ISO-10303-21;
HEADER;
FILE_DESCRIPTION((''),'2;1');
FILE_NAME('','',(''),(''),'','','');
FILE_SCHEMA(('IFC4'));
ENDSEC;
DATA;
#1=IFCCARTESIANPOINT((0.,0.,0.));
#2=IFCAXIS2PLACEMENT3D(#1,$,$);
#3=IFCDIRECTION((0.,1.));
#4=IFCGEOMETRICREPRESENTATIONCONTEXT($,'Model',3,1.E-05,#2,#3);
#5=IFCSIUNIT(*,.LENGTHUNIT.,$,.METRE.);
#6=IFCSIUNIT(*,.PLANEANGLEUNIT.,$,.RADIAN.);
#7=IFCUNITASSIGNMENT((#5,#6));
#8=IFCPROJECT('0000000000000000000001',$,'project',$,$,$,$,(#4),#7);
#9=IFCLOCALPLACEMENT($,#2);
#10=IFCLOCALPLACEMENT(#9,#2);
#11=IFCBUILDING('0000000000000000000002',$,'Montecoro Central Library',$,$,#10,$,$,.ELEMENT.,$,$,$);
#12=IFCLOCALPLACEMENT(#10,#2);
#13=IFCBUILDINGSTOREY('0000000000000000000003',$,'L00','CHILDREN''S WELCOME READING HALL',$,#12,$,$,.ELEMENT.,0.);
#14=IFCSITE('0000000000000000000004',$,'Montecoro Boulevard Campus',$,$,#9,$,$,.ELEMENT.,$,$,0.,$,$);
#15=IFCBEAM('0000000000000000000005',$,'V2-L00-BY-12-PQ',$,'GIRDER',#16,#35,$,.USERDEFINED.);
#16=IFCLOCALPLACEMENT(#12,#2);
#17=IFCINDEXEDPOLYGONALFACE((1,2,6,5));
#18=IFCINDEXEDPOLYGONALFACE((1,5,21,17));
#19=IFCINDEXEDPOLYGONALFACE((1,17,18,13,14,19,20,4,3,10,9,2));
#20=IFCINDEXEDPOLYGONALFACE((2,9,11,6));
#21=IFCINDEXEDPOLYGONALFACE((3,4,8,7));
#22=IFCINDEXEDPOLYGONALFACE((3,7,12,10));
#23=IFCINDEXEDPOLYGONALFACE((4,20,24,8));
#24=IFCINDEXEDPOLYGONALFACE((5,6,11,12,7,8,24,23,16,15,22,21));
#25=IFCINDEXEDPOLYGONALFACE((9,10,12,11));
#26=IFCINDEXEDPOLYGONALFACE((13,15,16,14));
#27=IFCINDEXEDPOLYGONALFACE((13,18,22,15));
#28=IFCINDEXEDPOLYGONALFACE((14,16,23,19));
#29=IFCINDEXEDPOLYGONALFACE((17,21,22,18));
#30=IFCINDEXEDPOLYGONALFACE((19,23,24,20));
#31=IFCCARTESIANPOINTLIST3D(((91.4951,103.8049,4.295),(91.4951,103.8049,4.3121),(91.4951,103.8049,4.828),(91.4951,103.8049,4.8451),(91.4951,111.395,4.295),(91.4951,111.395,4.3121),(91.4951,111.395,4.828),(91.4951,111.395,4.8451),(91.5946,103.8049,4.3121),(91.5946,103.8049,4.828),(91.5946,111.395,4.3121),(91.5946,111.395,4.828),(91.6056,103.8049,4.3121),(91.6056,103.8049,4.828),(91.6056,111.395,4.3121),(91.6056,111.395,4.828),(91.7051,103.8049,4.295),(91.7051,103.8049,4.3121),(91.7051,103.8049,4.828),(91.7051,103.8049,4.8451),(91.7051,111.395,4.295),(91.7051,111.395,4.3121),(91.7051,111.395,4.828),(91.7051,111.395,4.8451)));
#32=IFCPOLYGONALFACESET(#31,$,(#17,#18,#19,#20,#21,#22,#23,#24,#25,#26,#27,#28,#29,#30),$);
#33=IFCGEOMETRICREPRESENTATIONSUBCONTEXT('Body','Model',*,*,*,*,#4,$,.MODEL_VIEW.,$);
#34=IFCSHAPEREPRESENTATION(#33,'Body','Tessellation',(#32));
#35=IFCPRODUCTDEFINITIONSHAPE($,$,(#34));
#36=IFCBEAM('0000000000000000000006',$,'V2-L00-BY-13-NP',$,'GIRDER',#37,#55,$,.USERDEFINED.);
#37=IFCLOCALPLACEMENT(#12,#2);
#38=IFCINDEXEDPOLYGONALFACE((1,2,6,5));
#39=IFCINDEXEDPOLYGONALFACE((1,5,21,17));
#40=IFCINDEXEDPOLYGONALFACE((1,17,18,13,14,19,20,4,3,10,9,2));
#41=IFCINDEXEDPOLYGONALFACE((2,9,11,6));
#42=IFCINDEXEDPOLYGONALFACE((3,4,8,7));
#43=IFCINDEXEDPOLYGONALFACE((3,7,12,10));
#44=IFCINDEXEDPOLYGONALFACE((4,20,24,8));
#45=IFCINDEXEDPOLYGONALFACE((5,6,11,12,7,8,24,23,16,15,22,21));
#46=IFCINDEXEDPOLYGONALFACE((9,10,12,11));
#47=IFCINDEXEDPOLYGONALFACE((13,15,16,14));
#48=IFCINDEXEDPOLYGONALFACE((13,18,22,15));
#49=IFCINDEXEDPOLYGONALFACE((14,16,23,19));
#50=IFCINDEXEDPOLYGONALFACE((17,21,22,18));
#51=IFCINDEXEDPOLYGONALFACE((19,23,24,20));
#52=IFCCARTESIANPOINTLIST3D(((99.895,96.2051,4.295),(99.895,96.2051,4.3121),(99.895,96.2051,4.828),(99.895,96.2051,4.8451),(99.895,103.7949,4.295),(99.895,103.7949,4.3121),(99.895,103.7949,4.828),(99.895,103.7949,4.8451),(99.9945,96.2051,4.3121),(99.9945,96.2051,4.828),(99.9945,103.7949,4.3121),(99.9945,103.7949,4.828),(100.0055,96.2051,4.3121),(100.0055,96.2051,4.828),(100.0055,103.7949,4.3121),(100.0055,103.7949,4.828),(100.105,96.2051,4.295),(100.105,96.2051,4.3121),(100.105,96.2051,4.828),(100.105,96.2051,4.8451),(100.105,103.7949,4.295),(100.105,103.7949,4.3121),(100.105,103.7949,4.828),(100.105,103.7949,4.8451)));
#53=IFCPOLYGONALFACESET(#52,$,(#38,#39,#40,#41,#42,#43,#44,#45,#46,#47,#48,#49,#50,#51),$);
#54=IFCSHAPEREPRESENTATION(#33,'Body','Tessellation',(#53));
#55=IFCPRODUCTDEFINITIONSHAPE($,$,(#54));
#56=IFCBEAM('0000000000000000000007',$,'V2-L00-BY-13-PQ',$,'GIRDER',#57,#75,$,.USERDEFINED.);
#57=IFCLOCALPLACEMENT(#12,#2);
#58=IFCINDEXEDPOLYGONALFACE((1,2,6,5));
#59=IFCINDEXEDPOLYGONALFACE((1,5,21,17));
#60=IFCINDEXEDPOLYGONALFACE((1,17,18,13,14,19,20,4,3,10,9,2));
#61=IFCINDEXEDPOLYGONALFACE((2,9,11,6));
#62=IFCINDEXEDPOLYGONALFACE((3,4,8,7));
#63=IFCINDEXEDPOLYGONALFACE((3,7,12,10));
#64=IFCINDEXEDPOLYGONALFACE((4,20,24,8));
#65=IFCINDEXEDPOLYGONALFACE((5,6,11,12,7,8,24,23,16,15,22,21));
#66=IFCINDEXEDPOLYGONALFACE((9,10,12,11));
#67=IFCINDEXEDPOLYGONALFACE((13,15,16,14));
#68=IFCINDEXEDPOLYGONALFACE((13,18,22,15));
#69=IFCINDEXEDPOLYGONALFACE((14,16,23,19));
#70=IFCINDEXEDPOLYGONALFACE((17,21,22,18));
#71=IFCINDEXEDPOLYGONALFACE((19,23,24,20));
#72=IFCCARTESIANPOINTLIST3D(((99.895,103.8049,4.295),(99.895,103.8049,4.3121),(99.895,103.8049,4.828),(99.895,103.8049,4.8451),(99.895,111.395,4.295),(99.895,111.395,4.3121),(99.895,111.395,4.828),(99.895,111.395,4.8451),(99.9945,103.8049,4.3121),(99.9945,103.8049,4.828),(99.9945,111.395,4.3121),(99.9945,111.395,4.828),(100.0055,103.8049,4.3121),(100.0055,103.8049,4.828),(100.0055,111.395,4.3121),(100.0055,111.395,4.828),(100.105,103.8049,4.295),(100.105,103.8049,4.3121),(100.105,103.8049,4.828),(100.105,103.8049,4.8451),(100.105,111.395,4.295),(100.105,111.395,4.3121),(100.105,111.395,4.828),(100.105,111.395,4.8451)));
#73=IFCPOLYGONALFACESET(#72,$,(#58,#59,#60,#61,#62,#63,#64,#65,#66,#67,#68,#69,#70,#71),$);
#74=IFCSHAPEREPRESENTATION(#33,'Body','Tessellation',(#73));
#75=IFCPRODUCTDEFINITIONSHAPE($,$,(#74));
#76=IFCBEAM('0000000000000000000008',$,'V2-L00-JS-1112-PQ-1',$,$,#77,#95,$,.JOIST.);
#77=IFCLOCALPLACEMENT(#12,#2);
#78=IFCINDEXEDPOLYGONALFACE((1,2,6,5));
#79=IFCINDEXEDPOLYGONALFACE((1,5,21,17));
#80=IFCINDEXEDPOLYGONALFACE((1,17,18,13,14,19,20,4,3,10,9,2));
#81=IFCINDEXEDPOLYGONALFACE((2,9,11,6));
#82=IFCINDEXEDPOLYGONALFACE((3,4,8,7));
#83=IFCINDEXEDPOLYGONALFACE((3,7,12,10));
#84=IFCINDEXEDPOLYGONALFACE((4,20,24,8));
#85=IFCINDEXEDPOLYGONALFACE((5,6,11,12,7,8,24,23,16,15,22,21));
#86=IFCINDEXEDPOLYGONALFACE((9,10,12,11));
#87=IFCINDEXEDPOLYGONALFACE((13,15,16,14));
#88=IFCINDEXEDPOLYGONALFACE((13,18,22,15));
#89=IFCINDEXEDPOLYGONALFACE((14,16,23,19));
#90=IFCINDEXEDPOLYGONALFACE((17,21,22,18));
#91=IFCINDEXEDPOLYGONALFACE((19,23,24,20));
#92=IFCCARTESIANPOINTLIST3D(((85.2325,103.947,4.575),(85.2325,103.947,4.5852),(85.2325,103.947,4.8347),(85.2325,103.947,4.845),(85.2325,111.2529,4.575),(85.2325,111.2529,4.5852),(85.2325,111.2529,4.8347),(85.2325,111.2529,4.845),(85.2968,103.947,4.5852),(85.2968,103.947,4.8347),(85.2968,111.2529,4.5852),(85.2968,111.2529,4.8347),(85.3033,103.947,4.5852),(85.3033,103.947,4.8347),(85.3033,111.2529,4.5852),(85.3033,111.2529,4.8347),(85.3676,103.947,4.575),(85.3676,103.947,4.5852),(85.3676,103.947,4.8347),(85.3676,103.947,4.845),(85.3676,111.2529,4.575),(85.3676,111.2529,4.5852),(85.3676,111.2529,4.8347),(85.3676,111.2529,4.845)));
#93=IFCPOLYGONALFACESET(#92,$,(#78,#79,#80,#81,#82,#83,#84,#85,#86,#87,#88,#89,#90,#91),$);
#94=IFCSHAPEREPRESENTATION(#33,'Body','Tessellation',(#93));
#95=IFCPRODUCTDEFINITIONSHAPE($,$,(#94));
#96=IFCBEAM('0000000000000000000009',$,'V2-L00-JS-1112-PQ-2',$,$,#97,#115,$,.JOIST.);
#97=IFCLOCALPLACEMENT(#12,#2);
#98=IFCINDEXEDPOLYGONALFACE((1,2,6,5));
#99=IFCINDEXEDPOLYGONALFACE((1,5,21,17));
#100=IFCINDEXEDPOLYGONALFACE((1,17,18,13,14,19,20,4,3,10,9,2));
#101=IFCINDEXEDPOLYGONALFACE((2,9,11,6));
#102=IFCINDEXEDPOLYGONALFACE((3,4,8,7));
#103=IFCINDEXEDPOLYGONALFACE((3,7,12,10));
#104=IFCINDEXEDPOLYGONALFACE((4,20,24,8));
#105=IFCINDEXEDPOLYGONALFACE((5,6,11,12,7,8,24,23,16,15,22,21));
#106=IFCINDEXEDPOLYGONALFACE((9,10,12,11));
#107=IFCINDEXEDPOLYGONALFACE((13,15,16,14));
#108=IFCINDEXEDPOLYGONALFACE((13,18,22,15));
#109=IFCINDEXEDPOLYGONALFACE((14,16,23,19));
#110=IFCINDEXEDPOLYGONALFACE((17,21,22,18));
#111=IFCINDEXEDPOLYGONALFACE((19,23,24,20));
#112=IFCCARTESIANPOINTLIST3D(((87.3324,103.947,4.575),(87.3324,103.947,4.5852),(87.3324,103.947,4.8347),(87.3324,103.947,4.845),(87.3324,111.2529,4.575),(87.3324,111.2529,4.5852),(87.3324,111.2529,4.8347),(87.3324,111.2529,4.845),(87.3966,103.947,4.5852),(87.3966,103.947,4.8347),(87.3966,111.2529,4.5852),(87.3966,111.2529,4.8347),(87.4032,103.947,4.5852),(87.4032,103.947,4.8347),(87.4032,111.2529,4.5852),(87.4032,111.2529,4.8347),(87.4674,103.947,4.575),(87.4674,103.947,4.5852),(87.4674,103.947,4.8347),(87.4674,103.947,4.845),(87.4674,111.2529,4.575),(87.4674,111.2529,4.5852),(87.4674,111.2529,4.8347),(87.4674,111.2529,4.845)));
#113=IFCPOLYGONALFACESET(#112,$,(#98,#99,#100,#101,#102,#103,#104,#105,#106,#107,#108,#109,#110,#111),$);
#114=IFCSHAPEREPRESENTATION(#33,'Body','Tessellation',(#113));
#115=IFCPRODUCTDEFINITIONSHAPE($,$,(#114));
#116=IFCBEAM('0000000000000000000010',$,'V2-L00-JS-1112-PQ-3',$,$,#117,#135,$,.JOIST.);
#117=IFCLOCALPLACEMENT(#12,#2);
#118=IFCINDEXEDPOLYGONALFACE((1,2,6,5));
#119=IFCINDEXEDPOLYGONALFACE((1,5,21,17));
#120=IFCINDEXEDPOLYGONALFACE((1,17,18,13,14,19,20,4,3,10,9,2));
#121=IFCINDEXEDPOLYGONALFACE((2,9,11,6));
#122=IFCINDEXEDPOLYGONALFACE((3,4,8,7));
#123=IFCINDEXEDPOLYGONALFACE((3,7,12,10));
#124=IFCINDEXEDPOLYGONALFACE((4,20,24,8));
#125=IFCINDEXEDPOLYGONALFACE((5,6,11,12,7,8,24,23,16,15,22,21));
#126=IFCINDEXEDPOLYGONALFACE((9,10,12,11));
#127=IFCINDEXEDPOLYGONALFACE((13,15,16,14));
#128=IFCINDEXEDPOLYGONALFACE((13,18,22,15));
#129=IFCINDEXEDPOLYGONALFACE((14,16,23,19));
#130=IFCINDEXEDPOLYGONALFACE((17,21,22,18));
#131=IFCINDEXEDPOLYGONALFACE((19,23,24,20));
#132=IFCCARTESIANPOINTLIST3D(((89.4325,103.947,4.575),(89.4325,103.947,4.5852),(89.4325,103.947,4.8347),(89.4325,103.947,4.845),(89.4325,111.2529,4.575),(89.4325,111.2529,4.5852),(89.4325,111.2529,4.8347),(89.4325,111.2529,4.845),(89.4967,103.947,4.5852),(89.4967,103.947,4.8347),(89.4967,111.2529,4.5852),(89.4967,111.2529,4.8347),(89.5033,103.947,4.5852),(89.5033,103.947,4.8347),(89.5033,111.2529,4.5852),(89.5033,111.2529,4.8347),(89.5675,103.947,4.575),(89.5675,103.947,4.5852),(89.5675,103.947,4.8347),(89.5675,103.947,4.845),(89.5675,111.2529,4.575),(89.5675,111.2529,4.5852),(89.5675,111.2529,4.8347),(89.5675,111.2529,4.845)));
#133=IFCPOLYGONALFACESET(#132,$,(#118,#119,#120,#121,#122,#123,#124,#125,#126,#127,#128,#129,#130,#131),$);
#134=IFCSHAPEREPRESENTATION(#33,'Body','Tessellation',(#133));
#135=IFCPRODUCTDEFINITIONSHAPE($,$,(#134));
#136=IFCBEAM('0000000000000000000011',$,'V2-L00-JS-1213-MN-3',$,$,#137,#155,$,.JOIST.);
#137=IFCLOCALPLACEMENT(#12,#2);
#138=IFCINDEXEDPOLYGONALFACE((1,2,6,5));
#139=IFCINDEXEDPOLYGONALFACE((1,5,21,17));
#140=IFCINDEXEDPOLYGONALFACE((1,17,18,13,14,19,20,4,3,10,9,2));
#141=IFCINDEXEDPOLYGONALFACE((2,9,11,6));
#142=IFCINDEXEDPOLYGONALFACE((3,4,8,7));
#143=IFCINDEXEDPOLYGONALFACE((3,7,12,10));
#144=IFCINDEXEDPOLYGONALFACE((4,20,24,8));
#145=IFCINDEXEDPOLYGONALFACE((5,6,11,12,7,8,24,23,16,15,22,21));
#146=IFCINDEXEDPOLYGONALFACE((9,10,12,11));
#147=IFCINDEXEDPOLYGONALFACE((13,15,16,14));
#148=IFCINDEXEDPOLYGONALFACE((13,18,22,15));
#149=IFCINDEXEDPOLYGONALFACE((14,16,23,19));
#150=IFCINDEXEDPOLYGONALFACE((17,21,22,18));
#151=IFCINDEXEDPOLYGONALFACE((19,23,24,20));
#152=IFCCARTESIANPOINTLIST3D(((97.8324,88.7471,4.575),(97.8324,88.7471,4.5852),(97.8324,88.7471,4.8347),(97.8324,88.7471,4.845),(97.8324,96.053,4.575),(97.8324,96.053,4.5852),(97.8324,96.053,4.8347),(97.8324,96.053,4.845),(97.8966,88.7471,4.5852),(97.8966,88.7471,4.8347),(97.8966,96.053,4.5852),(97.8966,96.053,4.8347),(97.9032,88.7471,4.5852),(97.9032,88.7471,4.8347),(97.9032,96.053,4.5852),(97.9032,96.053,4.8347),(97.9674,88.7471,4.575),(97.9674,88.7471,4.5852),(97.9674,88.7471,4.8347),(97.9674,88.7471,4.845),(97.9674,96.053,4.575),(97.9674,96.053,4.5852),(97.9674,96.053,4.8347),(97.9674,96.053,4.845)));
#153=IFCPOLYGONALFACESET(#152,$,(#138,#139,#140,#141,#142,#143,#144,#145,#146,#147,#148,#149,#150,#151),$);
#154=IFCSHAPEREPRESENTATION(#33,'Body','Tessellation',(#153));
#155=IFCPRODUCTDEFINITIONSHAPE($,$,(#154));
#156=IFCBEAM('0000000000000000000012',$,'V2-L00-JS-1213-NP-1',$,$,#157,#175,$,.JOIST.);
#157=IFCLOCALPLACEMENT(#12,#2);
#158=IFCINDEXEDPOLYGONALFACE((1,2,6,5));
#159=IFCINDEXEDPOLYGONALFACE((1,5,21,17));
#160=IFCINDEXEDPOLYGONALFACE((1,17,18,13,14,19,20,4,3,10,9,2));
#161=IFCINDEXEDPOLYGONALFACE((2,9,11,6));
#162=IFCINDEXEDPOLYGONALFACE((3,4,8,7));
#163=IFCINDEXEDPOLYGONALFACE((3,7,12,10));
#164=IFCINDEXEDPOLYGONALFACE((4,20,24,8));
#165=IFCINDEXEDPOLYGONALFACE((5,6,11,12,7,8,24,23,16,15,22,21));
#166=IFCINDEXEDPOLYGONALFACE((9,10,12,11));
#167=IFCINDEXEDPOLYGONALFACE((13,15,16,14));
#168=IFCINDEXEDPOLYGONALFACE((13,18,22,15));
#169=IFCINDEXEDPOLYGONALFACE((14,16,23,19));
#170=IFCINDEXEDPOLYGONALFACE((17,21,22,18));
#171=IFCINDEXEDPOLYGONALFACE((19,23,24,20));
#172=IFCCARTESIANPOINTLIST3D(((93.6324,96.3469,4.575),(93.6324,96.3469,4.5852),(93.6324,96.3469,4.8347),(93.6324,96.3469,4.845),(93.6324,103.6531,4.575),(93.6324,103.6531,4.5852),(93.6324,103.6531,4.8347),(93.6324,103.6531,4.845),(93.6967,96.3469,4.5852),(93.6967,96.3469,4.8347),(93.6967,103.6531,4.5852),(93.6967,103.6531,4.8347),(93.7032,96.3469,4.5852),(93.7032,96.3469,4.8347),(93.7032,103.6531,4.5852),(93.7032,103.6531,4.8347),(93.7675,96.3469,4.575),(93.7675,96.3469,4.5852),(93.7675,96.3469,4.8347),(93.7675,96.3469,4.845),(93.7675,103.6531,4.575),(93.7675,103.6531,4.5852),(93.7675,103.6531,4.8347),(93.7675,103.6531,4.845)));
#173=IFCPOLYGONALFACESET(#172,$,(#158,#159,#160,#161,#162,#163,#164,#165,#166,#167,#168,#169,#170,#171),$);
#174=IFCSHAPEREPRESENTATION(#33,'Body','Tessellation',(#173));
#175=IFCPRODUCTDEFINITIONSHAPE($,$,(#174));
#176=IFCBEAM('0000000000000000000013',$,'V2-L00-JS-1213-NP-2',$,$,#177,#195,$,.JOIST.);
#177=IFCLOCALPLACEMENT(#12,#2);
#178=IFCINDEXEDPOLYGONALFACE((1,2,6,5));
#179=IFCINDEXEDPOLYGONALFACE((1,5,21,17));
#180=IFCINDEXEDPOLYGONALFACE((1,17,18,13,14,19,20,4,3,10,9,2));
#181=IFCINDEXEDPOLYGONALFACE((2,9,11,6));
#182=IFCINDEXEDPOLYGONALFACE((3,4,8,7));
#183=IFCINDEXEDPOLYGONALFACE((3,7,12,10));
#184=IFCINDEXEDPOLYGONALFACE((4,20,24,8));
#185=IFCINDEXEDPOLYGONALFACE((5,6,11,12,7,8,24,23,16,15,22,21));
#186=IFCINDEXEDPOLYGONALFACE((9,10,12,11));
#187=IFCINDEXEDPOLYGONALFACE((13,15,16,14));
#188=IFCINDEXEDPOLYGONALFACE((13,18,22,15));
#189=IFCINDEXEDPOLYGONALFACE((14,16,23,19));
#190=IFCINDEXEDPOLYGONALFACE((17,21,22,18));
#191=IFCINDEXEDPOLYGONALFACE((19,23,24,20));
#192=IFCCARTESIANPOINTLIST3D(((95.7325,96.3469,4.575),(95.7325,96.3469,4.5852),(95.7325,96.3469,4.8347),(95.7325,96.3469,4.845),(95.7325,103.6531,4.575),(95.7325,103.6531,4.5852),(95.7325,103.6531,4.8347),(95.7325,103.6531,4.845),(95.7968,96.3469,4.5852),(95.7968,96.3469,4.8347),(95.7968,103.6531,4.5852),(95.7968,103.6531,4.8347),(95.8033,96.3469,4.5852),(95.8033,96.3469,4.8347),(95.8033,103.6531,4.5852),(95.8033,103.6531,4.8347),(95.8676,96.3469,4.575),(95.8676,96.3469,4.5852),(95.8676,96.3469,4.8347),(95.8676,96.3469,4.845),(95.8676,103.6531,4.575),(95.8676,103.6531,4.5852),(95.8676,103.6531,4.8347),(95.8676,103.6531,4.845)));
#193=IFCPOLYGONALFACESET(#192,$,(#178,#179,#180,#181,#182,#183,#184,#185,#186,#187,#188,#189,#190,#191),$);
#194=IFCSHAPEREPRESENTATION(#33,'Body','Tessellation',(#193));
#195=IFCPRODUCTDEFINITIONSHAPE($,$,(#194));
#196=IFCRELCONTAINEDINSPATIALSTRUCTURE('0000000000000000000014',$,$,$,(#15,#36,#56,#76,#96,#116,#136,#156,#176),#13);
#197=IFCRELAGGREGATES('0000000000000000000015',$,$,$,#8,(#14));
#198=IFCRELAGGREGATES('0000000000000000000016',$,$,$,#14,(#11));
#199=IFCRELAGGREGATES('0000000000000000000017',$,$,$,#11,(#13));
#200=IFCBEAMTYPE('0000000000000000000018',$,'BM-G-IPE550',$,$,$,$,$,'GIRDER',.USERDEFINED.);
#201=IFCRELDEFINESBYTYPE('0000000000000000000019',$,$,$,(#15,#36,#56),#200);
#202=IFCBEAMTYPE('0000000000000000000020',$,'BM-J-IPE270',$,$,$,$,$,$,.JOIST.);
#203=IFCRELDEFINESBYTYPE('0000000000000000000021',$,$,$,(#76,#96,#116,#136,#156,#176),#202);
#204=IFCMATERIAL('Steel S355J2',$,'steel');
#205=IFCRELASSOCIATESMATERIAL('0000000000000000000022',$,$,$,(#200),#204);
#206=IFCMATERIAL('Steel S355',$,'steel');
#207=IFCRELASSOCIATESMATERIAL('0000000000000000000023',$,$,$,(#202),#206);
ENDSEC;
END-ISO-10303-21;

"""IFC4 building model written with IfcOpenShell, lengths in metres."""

from ifc_helpers import new_model, si_unit, direction, frame, origin, origin_2d, place, context, subcontext, project, spatial, i_section, extrude, material, material_profile, profile_set, type_object, element, save


model = new_model("IFC4")

# Units and contexts
model_context = context("Model", 3, precision=1e-05, world=origin(), true_north=direction((0.0, 1.0)))
body_context = subcontext(model_context, "Body", "Model", "MODEL_VIEW")
ifc_project = project(units=[si_unit("LENGTHUNIT", "METRE"), si_unit("PLANEANGLEUNIT", "RADIAN")], contexts=[model_context])

# Site, building, storey
site_placement = place(None, origin())
site = spatial("IfcSite", under=ifc_project, at=site_placement, Name="Montecoro Boulevard Campus", CompositionType="ELEMENT", RefElevation=0.0)
building_placement = place(site_placement, origin())
building = spatial("IfcBuilding", under=site, at=building_placement, Name="Montecoro Central Library", CompositionType="ELEMENT")
storey_placement = place(building_placement, origin())
storey = spatial("IfcBuildingStorey", under=building, at=storey_placement, Name="L00", Description="CHILDREN'S WELCOME READING HALL", CompositionType="ELEMENT", Elevation=0.0)

# Shared definitions
ifc_material_1 = material(Name="Steel S355J2", Category="steel")

# Beams
ifc_material_profile_1 = material_profile(ifc_material_1, i_section(OverallWidth=0.21, OverallDepth=0.55, WebThickness=0.011, FlangeThickness=0.0171, at=origin_2d()), Name="IPE 550")
ifc_profile_set_1 = profile_set([ifc_material_profile_1], Name="Steel S355J2")
beam_type_1 = type_object("IfcBeamType", Name="BM-G-IPE550", ElementType="GIRDER", PredefinedType="USERDEFINED", material=ifc_profile_set_1)
beam_1_placement = place(storey_placement, frame((91.6001, 103.8049, 4.5701), z_axis=(0.0, 1.0, 0.0), x_axis=(-1.0, 0.0, 0.0)))
element("IfcBeam", 1, at=beam_1_placement, inside=storey, type_object=beam_type_1, Name="V2-L00-BY-12-PQ", ObjectType="GIRDER", PredefinedType="USERDEFINED", context=body_context, shape_type="SweptSolid", body=[
    extrude(i_section(OverallWidth=0.21, OverallDepth=0.55, WebThickness=0.011, FlangeThickness=0.0171, at=origin_2d()), origin(), (0.0, 0.0, 1.0), 7.5901),
])
beam_2_placement = place(storey_placement, frame((100.0, 96.2051, 4.5701), z_axis=(0.0, 1.0, 0.0), x_axis=(-1.0, 0.0, 0.0)))
element("IfcBeam", 2, at=beam_2_placement, inside=storey, type_object=beam_type_1, Name="V2-L00-BY-13-NP", ObjectType="GIRDER", PredefinedType="USERDEFINED", context=body_context, shape_type="SweptSolid", body=[
    extrude(i_section(OverallWidth=0.21, OverallDepth=0.55, WebThickness=0.011, FlangeThickness=0.0171, at=origin_2d()), origin(), (0.0, 0.0, 1.0), 7.5898),
])
beam_3_placement = place(storey_placement, frame((100.0, 103.8049, 4.5701), z_axis=(0.0, 1.0, 0.0), x_axis=(-1.0, 0.0, 0.0)))
element("IfcBeam", 3, at=beam_3_placement, inside=storey, type_object=beam_type_1, Name="V2-L00-BY-13-PQ", ObjectType="GIRDER", PredefinedType="USERDEFINED", context=body_context, shape_type="SweptSolid", body=[
    extrude(i_section(OverallWidth=0.21, OverallDepth=0.55, WebThickness=0.011, FlangeThickness=0.0171, at=origin_2d()), origin(), (0.0, 0.0, 1.0), 7.5901),
])
ifc_material_2 = material(Name="Steel S355", Category="steel")
ifc_material_profile_2 = material_profile(ifc_material_2, i_section(OverallWidth=0.135, OverallDepth=0.27, WebThickness=0.0066, FlangeThickness=0.0103, at=origin_2d()), Name="IPE 270")
ifc_profile_set_2 = profile_set([ifc_material_profile_2], Name="Steel S355")
beam_type_2 = type_object("IfcBeamType", Name="BM-J-IPE270", PredefinedType="JOIST", material=ifc_profile_set_2)
for number, where, z_axis, x_axis, name in (
    (4, (85.3, 103.947, 4.71), (0.0, 1.0, 0.0), (-1.0, 0.0, 0.0), "V2-L00-JS-1112-PQ-1"),
    (5, (87.3999, 103.947, 4.71), (0.0, 1.0, 0.0), (-1.0, 0.0, 0.0), "V2-L00-JS-1112-PQ-2"),
    (6, (89.5, 103.947, 4.71), (0.0, 1.0, 0.0), (-1.0, 0.0, 0.0), "V2-L00-JS-1112-PQ-3"),
    (7, (97.8999, 88.7471, 4.71), (0.0, 1.0, 0.0), (-1.0, 0.0, 0.0), "V2-L00-JS-1213-MN-3"),
):
    element("IfcBeam", number, at=place(storey_placement, frame(where, z_axis=z_axis, x_axis=x_axis)), inside=storey, type_object=beam_type_2, Name=name, PredefinedType="JOIST", context=body_context, shape_type="SweptSolid", body=[
        extrude(i_section(OverallWidth=0.135, OverallDepth=0.27, WebThickness=0.0066, FlangeThickness=0.0103, at=origin_2d()), origin(), (0.0, 0.0, 1.0), 7.3059),
    ])
for number, where, z_axis, x_axis, name in (
    (8, (93.7, 96.3469, 4.71), (0.0, 1.0, 0.0), (-1.0, 0.0, 0.0), "V2-L00-JS-1213-NP-1"),
    (9, (95.8, 96.3469, 4.71), (0.0, 1.0, 0.0), (-1.0, 0.0, 0.0), "V2-L00-JS-1213-NP-2"),
):
    element("IfcBeam", number, at=place(storey_placement, frame(where, z_axis=z_axis, x_axis=x_axis)), inside=storey, type_object=beam_type_2, Name=name, PredefinedType="JOIST", context=body_context, shape_type="SweptSolid", body=[
        extrude(i_section(OverallWidth=0.135, OverallDepth=0.27, WebThickness=0.0066, FlangeThickness=0.0103, at=origin_2d()), origin(), (0.0, 0.0, 1.0), 7.3062),
    ])

save(model, "model.ifc")
